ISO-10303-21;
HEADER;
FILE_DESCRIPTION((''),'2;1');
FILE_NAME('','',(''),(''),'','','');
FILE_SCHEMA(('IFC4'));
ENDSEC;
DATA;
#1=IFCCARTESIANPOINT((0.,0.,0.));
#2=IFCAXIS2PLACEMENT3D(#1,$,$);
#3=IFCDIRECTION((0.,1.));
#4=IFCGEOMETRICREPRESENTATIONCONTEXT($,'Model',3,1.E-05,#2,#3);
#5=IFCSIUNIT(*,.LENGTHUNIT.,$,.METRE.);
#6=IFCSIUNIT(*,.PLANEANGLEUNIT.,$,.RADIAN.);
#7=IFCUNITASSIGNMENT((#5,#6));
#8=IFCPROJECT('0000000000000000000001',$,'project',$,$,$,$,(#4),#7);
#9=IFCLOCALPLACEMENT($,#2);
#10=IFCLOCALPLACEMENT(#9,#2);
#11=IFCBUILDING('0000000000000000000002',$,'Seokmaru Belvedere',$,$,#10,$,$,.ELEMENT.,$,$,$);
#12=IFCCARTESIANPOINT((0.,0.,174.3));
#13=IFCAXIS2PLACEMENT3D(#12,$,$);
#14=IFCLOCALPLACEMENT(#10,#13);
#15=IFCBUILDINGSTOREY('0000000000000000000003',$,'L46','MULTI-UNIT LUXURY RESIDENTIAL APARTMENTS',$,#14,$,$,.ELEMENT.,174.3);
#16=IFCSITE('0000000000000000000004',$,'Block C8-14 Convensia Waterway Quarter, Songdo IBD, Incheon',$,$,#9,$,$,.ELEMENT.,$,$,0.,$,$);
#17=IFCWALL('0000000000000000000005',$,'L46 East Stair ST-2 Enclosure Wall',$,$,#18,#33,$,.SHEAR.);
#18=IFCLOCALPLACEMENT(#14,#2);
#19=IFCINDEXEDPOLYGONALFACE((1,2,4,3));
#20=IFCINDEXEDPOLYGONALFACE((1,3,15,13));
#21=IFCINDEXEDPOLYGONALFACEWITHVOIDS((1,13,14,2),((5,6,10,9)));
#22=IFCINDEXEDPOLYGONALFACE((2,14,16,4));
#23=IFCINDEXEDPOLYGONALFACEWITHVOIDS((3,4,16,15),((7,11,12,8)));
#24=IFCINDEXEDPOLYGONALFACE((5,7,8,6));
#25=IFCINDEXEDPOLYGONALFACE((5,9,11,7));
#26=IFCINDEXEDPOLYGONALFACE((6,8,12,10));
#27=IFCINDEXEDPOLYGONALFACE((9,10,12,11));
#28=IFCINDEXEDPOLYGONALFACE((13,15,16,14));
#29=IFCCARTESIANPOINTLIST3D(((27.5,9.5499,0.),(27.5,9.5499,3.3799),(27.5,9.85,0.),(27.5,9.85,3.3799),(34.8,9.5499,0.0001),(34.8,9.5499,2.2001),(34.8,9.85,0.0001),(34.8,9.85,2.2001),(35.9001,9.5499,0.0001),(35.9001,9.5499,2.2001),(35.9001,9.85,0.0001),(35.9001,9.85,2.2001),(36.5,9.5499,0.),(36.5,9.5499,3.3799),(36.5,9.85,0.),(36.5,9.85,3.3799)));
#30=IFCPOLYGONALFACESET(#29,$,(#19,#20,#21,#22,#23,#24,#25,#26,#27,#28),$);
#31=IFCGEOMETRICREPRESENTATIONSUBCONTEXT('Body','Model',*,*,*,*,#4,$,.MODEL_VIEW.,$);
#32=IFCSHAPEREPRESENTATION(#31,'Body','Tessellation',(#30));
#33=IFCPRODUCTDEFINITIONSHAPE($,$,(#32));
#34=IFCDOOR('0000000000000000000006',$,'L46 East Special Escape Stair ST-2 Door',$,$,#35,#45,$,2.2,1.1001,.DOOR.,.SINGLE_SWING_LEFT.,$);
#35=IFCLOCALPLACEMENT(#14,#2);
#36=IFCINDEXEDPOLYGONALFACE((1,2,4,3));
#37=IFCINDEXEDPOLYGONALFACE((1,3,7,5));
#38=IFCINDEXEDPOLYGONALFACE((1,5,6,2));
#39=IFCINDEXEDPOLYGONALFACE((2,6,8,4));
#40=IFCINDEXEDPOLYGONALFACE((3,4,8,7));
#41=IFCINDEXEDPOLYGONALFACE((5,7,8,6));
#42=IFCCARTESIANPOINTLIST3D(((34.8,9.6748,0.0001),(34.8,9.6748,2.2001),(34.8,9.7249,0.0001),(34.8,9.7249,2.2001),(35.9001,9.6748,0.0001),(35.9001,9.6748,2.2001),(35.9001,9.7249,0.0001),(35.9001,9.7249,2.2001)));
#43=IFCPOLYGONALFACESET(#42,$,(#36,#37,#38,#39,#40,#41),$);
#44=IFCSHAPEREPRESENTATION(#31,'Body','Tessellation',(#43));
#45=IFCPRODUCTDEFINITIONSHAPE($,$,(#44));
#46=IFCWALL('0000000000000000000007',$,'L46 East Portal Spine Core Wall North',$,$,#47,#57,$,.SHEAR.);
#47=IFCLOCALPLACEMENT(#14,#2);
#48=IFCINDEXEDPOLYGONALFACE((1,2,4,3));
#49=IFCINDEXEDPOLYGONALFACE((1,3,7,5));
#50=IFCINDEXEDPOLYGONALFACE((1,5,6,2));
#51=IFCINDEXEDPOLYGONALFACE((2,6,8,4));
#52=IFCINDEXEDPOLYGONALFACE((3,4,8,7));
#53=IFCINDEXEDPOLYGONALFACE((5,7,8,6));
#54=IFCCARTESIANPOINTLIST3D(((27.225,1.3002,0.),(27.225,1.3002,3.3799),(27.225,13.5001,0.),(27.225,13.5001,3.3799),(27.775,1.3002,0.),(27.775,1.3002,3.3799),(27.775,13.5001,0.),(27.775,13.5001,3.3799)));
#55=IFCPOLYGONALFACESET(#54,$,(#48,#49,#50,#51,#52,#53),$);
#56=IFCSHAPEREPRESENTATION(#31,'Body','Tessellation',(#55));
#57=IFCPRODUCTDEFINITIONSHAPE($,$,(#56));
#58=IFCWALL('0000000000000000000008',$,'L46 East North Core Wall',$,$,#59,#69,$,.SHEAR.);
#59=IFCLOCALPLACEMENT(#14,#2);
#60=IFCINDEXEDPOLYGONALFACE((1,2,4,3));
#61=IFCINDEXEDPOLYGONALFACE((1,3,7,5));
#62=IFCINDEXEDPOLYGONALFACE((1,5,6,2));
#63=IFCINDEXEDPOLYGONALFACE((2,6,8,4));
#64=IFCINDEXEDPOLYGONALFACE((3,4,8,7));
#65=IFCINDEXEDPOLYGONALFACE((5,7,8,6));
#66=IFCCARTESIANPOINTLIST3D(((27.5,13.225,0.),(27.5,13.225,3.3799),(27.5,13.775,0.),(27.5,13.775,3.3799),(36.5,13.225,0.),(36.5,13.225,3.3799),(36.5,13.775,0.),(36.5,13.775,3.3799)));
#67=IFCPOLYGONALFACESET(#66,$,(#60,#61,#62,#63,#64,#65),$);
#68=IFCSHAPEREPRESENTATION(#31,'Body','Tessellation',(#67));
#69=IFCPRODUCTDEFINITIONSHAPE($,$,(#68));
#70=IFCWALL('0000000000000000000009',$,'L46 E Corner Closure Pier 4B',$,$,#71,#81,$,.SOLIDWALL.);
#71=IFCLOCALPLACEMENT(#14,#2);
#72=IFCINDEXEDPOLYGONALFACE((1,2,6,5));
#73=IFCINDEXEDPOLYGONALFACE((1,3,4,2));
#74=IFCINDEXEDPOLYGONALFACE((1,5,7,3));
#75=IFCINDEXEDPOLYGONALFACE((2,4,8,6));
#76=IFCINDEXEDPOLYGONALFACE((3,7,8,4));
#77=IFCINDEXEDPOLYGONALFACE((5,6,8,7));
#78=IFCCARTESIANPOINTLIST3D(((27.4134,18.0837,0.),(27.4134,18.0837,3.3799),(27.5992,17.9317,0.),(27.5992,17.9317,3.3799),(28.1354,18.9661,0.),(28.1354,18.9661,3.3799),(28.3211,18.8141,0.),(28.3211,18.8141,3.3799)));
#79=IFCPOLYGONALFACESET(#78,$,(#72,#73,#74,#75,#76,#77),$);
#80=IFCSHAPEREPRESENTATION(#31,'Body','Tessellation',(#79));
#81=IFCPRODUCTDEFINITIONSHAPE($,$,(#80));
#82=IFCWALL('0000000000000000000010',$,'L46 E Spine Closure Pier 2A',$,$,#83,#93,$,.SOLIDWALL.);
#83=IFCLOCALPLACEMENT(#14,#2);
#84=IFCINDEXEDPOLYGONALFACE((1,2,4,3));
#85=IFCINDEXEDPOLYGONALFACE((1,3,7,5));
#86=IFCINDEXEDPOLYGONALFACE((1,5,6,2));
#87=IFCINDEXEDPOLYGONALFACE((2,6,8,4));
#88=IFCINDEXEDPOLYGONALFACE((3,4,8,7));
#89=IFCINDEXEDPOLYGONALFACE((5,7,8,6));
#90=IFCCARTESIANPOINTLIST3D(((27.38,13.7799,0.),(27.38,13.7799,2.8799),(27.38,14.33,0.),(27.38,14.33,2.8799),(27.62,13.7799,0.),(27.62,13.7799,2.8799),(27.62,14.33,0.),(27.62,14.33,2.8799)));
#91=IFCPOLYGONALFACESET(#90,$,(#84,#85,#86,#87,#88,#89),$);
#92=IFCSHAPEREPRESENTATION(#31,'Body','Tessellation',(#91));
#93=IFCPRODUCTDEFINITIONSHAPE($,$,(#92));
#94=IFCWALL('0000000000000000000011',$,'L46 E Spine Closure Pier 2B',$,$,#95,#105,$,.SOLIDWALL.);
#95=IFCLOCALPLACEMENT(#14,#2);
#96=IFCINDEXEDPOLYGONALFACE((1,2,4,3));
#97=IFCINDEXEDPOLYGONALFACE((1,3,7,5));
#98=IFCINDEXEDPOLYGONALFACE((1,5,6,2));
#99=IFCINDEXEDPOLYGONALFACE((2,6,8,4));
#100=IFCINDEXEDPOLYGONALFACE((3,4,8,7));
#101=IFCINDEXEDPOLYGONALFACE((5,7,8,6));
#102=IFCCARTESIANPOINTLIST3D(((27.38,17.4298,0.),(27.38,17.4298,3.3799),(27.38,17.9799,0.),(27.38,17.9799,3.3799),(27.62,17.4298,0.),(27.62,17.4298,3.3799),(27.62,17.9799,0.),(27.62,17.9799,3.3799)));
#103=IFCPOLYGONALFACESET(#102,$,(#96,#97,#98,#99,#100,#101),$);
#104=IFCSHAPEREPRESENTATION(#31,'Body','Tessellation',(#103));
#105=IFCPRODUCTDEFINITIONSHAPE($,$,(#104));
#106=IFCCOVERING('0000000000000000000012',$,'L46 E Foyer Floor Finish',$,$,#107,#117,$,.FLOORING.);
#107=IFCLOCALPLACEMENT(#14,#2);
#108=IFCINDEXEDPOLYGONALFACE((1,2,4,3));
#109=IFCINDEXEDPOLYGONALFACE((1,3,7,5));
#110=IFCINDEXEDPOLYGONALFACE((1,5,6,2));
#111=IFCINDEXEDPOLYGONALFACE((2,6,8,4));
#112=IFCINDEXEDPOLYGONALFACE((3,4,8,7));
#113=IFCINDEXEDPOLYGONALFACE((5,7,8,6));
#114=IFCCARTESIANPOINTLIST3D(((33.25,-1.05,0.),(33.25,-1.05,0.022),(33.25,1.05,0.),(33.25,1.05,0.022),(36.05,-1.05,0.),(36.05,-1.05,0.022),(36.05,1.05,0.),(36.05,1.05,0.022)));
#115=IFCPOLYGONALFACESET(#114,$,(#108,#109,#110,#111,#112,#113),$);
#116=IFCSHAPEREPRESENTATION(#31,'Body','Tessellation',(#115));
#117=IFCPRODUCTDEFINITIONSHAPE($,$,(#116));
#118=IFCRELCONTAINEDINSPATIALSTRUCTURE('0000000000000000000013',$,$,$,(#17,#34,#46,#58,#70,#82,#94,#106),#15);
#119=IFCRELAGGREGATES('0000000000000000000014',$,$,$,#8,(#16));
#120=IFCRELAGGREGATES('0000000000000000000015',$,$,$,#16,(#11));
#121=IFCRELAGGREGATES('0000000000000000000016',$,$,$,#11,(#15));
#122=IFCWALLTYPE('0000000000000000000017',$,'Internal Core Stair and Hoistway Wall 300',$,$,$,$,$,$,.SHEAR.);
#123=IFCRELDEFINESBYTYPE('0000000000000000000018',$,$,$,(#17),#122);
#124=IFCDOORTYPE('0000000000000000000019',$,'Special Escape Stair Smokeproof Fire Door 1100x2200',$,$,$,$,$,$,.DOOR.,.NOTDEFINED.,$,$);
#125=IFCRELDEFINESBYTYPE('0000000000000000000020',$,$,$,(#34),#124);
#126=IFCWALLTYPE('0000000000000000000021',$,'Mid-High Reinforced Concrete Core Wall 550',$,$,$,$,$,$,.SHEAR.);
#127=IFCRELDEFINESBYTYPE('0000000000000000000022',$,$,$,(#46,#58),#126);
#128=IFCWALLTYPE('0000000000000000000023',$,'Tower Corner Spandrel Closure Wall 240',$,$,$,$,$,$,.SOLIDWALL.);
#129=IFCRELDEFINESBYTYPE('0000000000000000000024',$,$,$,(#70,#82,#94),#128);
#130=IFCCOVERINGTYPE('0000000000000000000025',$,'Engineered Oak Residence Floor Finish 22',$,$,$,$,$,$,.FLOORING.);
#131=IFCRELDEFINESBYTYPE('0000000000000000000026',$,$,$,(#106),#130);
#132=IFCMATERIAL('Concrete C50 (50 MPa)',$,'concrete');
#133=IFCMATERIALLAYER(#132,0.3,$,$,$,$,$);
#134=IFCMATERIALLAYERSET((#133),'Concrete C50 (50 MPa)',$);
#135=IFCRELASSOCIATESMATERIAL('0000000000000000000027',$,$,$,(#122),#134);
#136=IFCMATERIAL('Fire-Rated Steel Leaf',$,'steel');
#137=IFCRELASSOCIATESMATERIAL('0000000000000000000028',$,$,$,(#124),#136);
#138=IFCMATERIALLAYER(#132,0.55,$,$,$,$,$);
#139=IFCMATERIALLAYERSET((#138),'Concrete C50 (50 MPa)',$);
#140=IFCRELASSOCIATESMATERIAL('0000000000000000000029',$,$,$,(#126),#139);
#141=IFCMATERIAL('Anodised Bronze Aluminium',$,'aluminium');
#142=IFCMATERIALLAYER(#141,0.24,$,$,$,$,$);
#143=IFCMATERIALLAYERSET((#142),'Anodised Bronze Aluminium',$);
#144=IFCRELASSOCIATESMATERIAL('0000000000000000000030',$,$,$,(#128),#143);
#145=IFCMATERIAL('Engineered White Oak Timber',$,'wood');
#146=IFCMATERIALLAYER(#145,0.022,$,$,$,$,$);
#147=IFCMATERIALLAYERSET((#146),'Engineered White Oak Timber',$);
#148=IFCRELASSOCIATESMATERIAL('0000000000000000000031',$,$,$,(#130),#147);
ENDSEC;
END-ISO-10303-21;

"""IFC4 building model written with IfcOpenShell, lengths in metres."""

from ifc_helpers import new_model, si_unit, direction, frame, frame_2d, origin, place, context, subcontext, project, spatial, polyline, rectangle, outline, extrude, source, transform, mapped, material, layer, layer_set, type_object, type_shapes, element, fill, save


model = new_model("IFC4")

# Units and contexts
model_context = context("Model", 3, precision=1e-05, world=origin(), true_north=direction((0.0, 1.0)))
body_context = subcontext(model_context, "Body", "Model", "MODEL_VIEW")
ifc_project = project(units=[si_unit("LENGTHUNIT", "METRE"), si_unit("PLANEANGLEUNIT", "RADIAN")], contexts=[model_context])

# Site, building, storey
site_placement = place(None, origin())
site = spatial("IfcSite", under=ifc_project, at=site_placement, Name="Block C8-14 Convensia Waterway Quarter, Songdo IBD, Incheon", CompositionType="ELEMENT", RefElevation=0.0)
building_placement = place(site_placement, origin())
building = spatial("IfcBuilding", under=site, at=building_placement, Name="Seokmaru Belvedere", CompositionType="ELEMENT")
storey_placement = place(building_placement, frame((0.0, 0.0, 174.3)))
storey = spatial("IfcBuildingStorey", under=building, at=storey_placement, Name="L46", Description="MULTI-UNIT LUXURY RESIDENTIAL APARTMENTS", CompositionType="ELEMENT", Elevation=174.3)

# Shared definitions
ifc_material_1 = material(Name="Anodised Bronze Aluminium", Category="aluminium")

# Shared definitions
ifc_material_2 = material(Name="Concrete C50 (50 MPa)", Category="concrete")

# Wall, opening, door
ifc_layer_1 = layer(ifc_material_2, 0.3)
ifc_layer_set_1 = layer_set([ifc_layer_1], Name="Concrete C50 (50 MPa)")
wall_type_1 = type_object("IfcWallType", Name="Internal Core Stair and Hoistway Wall 300", PredefinedType="SHEAR", material=ifc_layer_set_1)
wall_1_placement = place(storey_placement, frame((27.5, 9.7, 0.0), z_axis=(0.0, 0.0, 1.0), x_axis=(1.0, 0.0, 0.0)))
wall_1 = element("IfcWall", 1, at=wall_1_placement, inside=storey, type_object=wall_type_1, Name="L46 East Stair ST-2 Enclosure Wall", PredefinedType="SHEAR", context=body_context, shape_type="SweptSolid", body=[
    extrude(rectangle(XDim=9.0, YDim=0.3, at=frame_2d((4.5, 0.0))), origin(), (0.0, 0.0, 1.0), 3.3799),
])
opening_placement = place(wall_1_placement, frame((7.3, 0.0, 0.0)))
opening = element("IfcOpeningElement", 2, at=opening_placement, cuts=wall_1, PredefinedType="OPENING", context=body_context, shape_type="SweptSolid", body=[
    extrude(rectangle(XDim=1.1001, YDim=2.2, at=frame_2d((0.55, 1.1001))), frame((0.0, 0.1602, 0.0), z_axis=(0.0, -1.0, 0.0), x_axis=(1.0, 0.0, 0.0)), (0.0, 0.0, 1.0), 0.3201),
])
ifc_material_3 = material(Name="Fire-Rated Steel Leaf", Category="steel")
door_type = type_object("IfcDoorType", Name="Special Escape Stair Smokeproof Fire Door 1100x2200", OperationType="NOTDEFINED", PredefinedType="DOOR", material=ifc_material_3)
shared_shape_1 = source(origin(), body_context, "Body", "SweptSolid", [
    extrude(rectangle(XDim=1.1001, YDim=2.2, at=frame_2d((0.55, 1.1001))), frame((0.0, 0.0249, 0.0), z_axis=(0.0, -1.0, 0.0), x_axis=(1.0, 0.0, 0.0)), (0.0, 0.0, 1.0), 0.05),
])
type_shapes(door_type, [shared_shape_1])
door_placement = place(opening_placement, origin())
door = element("IfcDoor", 3, at=door_placement, inside=storey, type_object=door_type, Name="L46 East Special Escape Stair ST-2 Door", OperationType="SINGLE_SWING_LEFT", OverallHeight=2.2, OverallWidth=1.1001, PredefinedType="DOOR", context=body_context, shape_type="MappedRepresentation", body=[
    mapped(shared_shape_1, transform((0.0, 0.0, 0.0), scale=1.0)),
])
fill(opening, door)

# Walls
ifc_layer_2 = layer(ifc_material_2, 0.55)
ifc_layer_set_2 = layer_set([ifc_layer_2], Name="Concrete C50 (50 MPa)")
wall_type_2 = type_object("IfcWallType", Name="Mid-High Reinforced Concrete Core Wall 550", PredefinedType="SHEAR", material=ifc_layer_set_2)
wall_2_placement = place(storey_placement, frame((27.5, 1.3, 0.0), z_axis=(0.0, 0.0, 1.0), x_axis=(0.0, 1.0, 0.0)))
element("IfcWall", 4, at=wall_2_placement, inside=storey, type_object=wall_type_2, Name="L46 East Portal Spine Core Wall North", PredefinedType="SHEAR", context=body_context, shape_type="SweptSolid", body=[
    extrude(rectangle(XDim=12.2, YDim=0.55, at=frame_2d((6.1001, 0.0))), origin(), (0.0, 0.0, 1.0), 3.3799),
])
wall_3_placement = place(storey_placement, frame((27.5, 13.5, 0.0), z_axis=(0.0, 0.0, 1.0), x_axis=(1.0, 0.0, 0.0)))
element("IfcWall", 5, at=wall_3_placement, inside=storey, type_object=wall_type_2, Name="L46 East North Core Wall", PredefinedType="SHEAR", context=body_context, shape_type="SweptSolid", body=[
    extrude(rectangle(XDim=9.0, YDim=0.55, at=frame_2d((4.5, 0.0))), origin(), (0.0, 0.0, 1.0), 3.3799),
])
ifc_layer_3 = layer(ifc_material_1, 0.24)
ifc_layer_set_3 = layer_set([ifc_layer_3], Name="Anodised Bronze Aluminium")
wall_type_3 = type_object("IfcWallType", Name="Tower Corner Spandrel Closure Wall 240", PredefinedType="SOLIDWALL", material=ifc_layer_set_3)
wall_4_placement = place(storey_placement, frame((28.2283, 18.8901, 0.0), z_axis=(0.0, 0.0, 1.0), x_axis=(-0.633249, -0.773948, 0.0)))
element("IfcWall", 6, at=wall_4_placement, inside=storey, type_object=wall_type_3, Name="L46 E Corner Closure Pier 4B", PredefinedType="SOLIDWALL", context=body_context, shape_type="SweptSolid", body=[
    extrude(rectangle(XDim=1.1401, YDim=0.24, at=frame_2d((0.5701, 0.0))), origin(), (0.0, 0.0, 1.0), 3.3799),
])
wall_5_placement = place(storey_placement, frame((27.5, 13.78, 0.0), z_axis=(0.0, 0.0, 1.0), x_axis=(0.0, 1.0, 0.0)))
element("IfcWall", 7, at=wall_5_placement, inside=storey, type_object=wall_type_3, Name="L46 E Spine Closure Pier 2A", PredefinedType="SOLIDWALL", context=body_context, shape_type="SweptSolid", body=[
    extrude(rectangle(XDim=0.55, YDim=0.24, at=frame_2d((0.2749, 0.0))), origin(), (0.0, 0.0, 1.0), 2.8799),
])
wall_6_placement = place(storey_placement, frame((27.5, 17.4299, 0.0), z_axis=(0.0, 0.0, 1.0), x_axis=(0.0, 1.0, 0.0)))
element("IfcWall", 8, at=wall_6_placement, inside=storey, type_object=wall_type_3, Name="L46 E Spine Closure Pier 2B", PredefinedType="SOLIDWALL", context=body_context, shape_type="SweptSolid", body=[
    extrude(rectangle(XDim=0.55, YDim=0.24, at=frame_2d((0.2749, 0.0))), origin(), (0.0, 0.0, 1.0), 3.3799),
])

# Covering
ifc_material_4 = material(Name="Engineered White Oak Timber", Category="wood")
ifc_layer_4 = layer(ifc_material_4, 0.022)
ifc_layer_set_4 = layer_set([ifc_layer_4], Name="Engineered White Oak Timber")
covering_type = type_object("IfcCoveringType", Name="Engineered Oak Residence Floor Finish 22", PredefinedType="FLOORING", material=ifc_layer_set_4)
covering_placement = place(storey_placement, origin())
element("IfcCovering", 9, at=covering_placement, inside=storey, type_object=covering_type, Name="L46 E Foyer Floor Finish", PredefinedType="FLOORING", context=body_context, shape_type="SweptSolid", body=[
    extrude(outline(polyline([(33.25, -1.05), (36.05, -1.05), (36.05, 1.05), (33.25, 1.05), (33.25, -1.05)])), origin(), (0.0, 0.0, 1.0), 0.022),
])

save(model, "model.ifc")
